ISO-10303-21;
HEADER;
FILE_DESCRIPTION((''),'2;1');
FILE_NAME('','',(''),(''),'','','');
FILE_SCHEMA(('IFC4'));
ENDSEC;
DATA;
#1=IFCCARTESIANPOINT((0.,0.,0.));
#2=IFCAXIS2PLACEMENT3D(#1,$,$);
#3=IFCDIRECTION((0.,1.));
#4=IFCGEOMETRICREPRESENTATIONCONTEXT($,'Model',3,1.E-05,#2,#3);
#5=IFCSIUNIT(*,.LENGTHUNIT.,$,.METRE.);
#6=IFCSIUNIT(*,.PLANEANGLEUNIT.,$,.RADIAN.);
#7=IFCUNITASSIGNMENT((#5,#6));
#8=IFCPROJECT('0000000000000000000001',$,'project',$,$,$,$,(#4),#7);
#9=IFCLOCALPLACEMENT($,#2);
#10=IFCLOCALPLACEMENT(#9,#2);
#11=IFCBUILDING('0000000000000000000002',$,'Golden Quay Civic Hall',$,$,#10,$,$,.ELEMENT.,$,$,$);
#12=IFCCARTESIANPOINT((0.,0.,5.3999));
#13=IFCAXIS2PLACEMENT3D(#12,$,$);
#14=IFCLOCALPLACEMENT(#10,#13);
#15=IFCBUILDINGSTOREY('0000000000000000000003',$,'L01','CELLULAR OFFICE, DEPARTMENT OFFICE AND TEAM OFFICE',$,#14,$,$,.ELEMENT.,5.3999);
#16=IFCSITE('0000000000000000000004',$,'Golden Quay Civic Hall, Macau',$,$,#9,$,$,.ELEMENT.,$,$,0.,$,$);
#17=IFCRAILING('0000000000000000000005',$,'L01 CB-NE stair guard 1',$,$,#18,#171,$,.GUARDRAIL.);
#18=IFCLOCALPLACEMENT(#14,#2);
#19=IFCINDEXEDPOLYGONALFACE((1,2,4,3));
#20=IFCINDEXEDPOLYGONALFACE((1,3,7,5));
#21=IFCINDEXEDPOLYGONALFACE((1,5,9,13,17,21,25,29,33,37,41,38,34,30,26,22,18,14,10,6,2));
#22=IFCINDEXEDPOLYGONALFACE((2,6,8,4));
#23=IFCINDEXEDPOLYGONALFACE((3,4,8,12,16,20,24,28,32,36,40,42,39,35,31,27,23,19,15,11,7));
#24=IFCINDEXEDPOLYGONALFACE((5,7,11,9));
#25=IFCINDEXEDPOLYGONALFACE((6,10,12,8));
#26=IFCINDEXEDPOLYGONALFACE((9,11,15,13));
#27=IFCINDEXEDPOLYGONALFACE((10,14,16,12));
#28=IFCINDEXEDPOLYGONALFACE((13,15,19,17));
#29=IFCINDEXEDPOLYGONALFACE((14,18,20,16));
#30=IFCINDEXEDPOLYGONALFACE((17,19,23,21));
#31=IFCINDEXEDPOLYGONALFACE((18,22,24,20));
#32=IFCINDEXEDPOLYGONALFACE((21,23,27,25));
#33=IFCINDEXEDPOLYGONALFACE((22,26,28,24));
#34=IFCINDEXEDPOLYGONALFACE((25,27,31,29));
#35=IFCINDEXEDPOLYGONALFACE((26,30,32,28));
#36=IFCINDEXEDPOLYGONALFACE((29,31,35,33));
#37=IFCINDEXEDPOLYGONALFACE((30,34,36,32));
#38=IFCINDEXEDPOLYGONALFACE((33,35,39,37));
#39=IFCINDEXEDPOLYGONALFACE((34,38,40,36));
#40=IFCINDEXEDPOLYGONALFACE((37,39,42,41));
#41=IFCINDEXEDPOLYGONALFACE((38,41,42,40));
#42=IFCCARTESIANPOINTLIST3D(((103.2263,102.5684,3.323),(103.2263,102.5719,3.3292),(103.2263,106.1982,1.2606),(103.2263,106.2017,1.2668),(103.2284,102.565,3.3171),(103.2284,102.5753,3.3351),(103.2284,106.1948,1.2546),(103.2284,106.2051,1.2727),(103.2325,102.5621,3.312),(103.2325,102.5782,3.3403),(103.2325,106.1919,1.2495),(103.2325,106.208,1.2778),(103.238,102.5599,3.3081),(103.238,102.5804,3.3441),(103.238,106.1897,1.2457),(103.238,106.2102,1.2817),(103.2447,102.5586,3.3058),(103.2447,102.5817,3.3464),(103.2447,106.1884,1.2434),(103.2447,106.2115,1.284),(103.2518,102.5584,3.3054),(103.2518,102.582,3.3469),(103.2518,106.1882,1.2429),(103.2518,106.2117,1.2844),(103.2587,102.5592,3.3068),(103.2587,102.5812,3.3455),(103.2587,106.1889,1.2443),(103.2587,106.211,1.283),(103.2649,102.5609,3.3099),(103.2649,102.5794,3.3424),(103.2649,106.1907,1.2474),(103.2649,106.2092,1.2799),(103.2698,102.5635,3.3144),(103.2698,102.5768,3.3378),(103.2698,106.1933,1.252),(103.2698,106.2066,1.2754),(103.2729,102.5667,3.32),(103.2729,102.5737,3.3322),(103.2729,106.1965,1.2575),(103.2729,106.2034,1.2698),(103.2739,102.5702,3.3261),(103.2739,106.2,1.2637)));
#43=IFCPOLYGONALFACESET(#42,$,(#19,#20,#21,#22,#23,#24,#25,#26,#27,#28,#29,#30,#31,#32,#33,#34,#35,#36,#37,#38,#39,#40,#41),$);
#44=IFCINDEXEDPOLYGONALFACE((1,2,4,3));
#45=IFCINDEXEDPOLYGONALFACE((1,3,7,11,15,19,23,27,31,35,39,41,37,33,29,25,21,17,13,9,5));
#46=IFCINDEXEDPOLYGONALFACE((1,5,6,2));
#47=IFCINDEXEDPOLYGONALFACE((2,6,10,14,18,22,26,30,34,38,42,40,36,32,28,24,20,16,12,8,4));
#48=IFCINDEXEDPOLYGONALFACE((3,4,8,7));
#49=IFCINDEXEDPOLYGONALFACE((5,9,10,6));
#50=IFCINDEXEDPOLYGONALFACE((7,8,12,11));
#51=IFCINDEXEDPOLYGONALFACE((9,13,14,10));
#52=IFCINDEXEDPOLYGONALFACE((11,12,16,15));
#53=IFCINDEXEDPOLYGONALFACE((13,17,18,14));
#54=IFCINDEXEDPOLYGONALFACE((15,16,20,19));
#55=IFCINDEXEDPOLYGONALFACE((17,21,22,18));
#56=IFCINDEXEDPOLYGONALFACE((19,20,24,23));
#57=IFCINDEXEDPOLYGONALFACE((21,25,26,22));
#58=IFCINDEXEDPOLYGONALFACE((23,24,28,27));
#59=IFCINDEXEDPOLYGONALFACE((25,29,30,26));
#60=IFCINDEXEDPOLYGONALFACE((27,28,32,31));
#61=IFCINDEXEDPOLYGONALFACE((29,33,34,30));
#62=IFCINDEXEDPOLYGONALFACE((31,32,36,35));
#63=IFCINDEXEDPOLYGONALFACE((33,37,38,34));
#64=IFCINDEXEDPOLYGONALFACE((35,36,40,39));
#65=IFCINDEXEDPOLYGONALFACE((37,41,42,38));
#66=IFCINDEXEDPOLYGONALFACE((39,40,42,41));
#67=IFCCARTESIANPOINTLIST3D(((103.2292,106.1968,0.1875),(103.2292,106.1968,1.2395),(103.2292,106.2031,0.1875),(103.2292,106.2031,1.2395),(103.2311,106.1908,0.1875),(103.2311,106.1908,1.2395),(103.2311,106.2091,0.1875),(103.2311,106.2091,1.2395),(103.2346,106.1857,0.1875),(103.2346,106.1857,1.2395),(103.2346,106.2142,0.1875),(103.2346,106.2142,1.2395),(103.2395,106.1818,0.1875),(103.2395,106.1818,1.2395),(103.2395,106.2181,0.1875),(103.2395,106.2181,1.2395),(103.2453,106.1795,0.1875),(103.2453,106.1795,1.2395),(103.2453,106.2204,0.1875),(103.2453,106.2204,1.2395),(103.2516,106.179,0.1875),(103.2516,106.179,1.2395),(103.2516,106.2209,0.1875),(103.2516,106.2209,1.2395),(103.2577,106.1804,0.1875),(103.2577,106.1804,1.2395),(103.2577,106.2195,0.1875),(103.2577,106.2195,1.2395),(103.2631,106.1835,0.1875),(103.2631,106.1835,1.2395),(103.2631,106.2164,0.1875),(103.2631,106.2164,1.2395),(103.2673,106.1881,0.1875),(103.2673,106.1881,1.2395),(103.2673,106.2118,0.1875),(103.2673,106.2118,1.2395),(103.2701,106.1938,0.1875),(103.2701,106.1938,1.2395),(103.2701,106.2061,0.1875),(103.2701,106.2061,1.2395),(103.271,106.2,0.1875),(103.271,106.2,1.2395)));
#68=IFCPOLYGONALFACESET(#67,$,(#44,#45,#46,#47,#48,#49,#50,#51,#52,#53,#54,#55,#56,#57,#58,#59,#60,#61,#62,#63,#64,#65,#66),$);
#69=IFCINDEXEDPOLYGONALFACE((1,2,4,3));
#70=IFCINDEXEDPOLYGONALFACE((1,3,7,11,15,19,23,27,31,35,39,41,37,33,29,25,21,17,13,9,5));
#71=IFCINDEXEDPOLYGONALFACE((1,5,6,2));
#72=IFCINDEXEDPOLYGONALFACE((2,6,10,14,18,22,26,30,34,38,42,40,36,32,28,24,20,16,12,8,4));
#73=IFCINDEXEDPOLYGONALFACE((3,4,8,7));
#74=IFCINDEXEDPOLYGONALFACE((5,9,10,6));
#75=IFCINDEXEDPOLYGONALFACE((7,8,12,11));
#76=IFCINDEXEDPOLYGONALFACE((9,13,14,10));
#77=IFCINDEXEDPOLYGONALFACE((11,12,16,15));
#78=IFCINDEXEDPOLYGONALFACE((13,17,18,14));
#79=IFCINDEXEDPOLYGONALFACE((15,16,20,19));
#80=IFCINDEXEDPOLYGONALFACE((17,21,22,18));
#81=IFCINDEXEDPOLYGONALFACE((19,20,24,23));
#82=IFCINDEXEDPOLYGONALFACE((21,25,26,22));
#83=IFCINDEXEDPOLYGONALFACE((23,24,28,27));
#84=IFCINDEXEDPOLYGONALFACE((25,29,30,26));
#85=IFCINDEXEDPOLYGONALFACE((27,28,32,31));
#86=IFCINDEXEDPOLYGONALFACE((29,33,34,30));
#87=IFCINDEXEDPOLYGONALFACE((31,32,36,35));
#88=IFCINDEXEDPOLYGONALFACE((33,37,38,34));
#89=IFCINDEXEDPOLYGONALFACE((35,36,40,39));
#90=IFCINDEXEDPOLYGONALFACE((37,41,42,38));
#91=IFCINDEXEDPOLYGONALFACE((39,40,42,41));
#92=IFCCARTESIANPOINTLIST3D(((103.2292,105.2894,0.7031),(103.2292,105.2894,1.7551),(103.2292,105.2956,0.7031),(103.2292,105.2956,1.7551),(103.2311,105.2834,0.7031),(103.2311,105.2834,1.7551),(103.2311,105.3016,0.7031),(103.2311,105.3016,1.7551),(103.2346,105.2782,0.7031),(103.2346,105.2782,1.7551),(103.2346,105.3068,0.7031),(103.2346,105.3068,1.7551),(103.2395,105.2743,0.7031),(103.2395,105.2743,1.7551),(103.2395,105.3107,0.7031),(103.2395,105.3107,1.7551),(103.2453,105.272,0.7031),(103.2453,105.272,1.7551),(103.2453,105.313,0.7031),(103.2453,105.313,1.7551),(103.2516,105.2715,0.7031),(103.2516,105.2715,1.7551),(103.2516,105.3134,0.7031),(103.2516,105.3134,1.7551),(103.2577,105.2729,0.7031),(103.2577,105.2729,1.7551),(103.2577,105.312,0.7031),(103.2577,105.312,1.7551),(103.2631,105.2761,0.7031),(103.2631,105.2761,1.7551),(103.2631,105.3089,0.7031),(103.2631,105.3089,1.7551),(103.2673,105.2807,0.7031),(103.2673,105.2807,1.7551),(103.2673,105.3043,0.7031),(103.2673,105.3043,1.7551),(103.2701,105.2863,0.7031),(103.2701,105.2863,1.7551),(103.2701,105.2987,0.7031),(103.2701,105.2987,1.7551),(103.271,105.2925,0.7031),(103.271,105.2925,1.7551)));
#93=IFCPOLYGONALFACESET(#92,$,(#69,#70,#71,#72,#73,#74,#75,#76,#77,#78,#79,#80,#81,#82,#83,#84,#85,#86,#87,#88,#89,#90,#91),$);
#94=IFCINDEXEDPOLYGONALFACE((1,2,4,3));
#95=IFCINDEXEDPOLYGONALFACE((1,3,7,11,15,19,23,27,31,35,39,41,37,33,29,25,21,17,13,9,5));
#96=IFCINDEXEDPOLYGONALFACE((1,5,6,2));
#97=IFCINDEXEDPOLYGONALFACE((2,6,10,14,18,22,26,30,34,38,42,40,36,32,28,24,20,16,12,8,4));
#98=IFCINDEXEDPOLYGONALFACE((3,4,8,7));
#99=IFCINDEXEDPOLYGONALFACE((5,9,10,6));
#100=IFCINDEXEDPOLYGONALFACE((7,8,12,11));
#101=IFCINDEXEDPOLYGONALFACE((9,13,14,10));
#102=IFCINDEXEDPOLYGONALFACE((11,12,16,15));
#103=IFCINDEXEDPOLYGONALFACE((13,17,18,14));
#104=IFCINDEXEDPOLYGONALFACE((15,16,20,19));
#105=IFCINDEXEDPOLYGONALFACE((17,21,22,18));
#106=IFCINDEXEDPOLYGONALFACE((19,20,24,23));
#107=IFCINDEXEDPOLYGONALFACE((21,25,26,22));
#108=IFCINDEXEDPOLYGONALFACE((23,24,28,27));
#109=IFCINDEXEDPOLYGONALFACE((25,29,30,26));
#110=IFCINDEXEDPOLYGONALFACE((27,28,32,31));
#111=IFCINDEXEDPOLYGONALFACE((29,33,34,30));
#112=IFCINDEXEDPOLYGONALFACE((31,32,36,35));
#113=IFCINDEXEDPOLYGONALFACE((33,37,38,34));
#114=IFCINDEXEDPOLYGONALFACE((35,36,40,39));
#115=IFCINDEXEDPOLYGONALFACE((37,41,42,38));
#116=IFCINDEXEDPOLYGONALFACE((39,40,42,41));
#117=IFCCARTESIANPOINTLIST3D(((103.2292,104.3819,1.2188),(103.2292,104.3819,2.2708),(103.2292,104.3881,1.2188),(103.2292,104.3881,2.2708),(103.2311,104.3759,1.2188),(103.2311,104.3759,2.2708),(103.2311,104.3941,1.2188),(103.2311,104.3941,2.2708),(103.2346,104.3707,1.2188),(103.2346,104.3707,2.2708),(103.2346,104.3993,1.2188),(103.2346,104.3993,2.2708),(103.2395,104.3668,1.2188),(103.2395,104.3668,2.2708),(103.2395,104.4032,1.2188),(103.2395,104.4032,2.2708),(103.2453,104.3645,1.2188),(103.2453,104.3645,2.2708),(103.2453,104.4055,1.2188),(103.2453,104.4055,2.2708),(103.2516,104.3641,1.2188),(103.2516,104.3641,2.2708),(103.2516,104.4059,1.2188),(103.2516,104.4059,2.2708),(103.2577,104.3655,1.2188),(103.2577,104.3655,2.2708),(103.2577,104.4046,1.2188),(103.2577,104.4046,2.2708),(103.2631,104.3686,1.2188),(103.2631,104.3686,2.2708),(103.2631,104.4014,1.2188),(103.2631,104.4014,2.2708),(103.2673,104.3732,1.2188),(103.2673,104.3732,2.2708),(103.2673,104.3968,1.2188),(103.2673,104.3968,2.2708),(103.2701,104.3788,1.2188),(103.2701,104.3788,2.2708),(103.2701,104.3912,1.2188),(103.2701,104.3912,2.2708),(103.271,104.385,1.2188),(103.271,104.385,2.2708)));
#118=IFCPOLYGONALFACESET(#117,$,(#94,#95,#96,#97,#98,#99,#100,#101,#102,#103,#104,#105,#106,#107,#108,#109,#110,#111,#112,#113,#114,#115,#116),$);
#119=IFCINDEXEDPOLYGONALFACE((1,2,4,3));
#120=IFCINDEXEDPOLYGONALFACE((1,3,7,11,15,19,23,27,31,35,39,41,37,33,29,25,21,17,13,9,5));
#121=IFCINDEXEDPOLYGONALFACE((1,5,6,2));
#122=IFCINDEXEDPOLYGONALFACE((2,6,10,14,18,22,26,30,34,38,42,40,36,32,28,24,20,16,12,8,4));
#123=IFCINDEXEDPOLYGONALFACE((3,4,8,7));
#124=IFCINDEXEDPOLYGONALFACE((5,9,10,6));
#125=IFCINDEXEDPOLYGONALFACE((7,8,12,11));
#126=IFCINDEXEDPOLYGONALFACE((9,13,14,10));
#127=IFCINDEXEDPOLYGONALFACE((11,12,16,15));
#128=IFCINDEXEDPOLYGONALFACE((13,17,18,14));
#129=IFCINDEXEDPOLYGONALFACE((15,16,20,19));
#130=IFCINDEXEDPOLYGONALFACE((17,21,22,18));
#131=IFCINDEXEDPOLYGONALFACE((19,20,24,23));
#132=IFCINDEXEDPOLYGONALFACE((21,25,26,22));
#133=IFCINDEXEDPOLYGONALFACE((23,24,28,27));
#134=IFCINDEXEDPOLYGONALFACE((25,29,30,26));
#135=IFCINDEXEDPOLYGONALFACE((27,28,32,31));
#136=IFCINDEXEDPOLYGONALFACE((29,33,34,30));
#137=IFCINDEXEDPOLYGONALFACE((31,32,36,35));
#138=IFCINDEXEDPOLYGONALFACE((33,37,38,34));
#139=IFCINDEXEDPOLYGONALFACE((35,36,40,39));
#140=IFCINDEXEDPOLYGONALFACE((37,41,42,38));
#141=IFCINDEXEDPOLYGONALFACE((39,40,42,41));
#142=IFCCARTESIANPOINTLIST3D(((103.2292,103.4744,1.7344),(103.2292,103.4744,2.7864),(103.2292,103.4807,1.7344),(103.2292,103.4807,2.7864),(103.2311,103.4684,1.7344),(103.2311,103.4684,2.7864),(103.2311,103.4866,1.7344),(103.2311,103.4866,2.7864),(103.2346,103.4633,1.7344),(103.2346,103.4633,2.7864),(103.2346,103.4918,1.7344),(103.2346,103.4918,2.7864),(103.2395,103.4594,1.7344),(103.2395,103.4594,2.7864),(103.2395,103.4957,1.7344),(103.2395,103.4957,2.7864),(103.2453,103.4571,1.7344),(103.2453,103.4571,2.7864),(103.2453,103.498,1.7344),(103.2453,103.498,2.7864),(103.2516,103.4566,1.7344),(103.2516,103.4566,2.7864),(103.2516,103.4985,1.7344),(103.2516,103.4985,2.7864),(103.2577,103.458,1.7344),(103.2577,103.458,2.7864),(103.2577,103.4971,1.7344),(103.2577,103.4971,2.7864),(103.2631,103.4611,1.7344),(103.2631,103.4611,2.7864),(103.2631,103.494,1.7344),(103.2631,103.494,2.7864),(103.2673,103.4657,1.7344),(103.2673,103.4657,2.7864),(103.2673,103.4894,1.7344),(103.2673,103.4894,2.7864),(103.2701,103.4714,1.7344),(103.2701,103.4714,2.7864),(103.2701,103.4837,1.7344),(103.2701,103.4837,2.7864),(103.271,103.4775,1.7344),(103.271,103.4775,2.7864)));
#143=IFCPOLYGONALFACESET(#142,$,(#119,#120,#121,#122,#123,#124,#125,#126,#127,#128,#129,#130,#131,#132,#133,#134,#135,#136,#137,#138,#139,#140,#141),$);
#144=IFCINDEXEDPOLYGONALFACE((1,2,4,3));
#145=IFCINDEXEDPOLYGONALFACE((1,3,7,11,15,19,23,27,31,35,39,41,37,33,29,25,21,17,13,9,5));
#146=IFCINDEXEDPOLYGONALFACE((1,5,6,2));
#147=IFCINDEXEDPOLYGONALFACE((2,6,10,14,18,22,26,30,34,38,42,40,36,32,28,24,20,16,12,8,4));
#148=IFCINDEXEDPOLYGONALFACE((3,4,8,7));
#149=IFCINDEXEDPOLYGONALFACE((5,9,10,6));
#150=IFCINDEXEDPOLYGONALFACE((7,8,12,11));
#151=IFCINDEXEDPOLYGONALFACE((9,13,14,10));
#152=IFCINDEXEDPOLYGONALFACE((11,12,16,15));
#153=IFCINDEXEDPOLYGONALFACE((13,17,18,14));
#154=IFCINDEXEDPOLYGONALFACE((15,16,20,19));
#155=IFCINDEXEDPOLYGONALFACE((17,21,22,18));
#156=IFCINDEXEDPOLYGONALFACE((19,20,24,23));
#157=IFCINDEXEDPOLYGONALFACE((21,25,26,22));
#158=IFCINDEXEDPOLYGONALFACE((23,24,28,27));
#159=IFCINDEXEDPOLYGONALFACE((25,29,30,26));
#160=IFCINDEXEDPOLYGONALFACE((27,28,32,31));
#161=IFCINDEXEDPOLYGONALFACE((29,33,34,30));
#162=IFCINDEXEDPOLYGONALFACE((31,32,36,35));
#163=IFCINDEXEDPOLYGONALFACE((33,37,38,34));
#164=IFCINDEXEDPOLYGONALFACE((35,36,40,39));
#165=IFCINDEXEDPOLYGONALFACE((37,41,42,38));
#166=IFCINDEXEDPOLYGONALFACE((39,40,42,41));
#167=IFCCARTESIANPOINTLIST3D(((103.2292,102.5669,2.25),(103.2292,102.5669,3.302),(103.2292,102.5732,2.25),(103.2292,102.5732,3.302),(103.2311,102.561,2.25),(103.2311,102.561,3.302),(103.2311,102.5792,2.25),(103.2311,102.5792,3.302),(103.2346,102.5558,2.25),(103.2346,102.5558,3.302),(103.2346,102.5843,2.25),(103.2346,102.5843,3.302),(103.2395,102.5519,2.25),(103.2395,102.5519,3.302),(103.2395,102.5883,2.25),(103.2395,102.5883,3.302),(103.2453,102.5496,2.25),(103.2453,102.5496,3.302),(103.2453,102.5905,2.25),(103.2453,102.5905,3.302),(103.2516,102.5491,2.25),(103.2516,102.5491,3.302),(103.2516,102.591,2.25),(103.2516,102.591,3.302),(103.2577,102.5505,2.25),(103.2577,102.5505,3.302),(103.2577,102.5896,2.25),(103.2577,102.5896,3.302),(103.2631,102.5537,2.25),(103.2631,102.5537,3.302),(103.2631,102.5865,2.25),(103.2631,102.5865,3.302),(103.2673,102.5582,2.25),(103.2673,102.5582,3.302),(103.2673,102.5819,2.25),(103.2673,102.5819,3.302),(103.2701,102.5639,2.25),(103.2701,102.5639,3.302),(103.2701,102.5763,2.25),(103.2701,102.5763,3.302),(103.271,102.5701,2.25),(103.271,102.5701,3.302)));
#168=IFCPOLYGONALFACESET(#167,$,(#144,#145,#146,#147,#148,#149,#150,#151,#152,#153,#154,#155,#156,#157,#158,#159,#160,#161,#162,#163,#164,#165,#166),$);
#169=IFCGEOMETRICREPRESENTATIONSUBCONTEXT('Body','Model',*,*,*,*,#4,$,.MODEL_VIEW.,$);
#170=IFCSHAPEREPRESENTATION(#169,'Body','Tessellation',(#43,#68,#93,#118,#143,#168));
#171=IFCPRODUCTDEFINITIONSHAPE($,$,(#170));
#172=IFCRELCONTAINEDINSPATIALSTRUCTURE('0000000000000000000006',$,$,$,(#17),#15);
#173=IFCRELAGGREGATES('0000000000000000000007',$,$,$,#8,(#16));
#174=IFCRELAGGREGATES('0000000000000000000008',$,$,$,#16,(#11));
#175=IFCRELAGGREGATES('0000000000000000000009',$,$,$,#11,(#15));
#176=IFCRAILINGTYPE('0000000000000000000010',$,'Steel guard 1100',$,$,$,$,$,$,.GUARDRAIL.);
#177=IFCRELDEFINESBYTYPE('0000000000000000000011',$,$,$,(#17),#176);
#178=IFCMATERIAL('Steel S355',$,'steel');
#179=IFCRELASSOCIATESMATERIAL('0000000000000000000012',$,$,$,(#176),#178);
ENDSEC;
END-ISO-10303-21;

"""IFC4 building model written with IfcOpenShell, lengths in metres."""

from ifc_helpers import new_model, si_unit, direction, frame, origin, origin_2d, place, context, subcontext, project, spatial, circle, extrude, material, type_object, element, save


model = new_model("IFC4")

# Units and contexts
model_context = context("Model", 3, precision=1e-05, world=origin(), true_north=direction((0.0, 1.0)))
body_context = subcontext(model_context, "Body", "Model", "MODEL_VIEW")
ifc_project = project(units=[si_unit("LENGTHUNIT", "METRE"), si_unit("PLANEANGLEUNIT", "RADIAN")], contexts=[model_context])

# Site, building, storey
site_placement = place(None, origin())
site = spatial("IfcSite", under=ifc_project, at=site_placement, Name="Golden Quay Civic Hall, Macau", CompositionType="ELEMENT", RefElevation=0.0)
building_placement = place(site_placement, origin())
building = spatial("IfcBuilding", under=site, at=building_placement, Name="Golden Quay Civic Hall", CompositionType="ELEMENT")
storey_placement = place(building_placement, frame((0.0, 0.0, 5.3999)))
storey = spatial("IfcBuildingStorey", under=building, at=storey_placement, Name="L01", Description="CELLULAR OFFICE, DEPARTMENT OFFICE AND TEAM OFFICE", CompositionType="ELEMENT", Elevation=5.3999)

# Railing
ifc_material_1 = material(Name="Steel S355", Category="steel")
railing_type = type_object("IfcRailingType", Name="Steel guard 1100", PredefinedType="GUARDRAIL", material=ifc_material_1)
railing_1_placement = place(storey_placement, frame((103.25, 106.2, 0.1875)))
element("IfcRailing", 1, at=railing_1_placement, inside=storey, type_object=railing_type, Name="L01 CB-NE stair guard 1", PredefinedType="GUARDRAIL", context=body_context, shape_type="SweptSolid", body=[
    extrude(circle(Radius=0.0239, at=origin_2d()), frame((0.0, 0.0, 1.0762), z_axis=(0.0, -0.86945, 0.494021), x_axis=(1.0, 0.0, 0.0)), (0.0, 0.0, 1.0), 4.1748),
    extrude(circle(Radius=0.021, at=origin_2d()), origin(), (0.0, 0.0, 1.0), 1.052),
    extrude(circle(Radius=0.021, at=origin_2d()), frame((0.0, -0.9075, 0.5156)), (0.0, 0.0, 1.0), 1.052),
    extrude(circle(Radius=0.021, at=origin_2d()), frame((0.0, -1.8149, 1.0312)), (0.0, 0.0, 1.0), 1.052),
    extrude(circle(Radius=0.021, at=origin_2d()), frame((0.0, -2.7224, 1.5469)), (0.0, 0.0, 1.0), 1.052),
    extrude(circle(Radius=0.021, at=origin_2d()), frame((0.0, -3.6299, 2.0625)), (0.0, 0.0, 1.0), 1.052),
])

save(model, "model.ifc")
